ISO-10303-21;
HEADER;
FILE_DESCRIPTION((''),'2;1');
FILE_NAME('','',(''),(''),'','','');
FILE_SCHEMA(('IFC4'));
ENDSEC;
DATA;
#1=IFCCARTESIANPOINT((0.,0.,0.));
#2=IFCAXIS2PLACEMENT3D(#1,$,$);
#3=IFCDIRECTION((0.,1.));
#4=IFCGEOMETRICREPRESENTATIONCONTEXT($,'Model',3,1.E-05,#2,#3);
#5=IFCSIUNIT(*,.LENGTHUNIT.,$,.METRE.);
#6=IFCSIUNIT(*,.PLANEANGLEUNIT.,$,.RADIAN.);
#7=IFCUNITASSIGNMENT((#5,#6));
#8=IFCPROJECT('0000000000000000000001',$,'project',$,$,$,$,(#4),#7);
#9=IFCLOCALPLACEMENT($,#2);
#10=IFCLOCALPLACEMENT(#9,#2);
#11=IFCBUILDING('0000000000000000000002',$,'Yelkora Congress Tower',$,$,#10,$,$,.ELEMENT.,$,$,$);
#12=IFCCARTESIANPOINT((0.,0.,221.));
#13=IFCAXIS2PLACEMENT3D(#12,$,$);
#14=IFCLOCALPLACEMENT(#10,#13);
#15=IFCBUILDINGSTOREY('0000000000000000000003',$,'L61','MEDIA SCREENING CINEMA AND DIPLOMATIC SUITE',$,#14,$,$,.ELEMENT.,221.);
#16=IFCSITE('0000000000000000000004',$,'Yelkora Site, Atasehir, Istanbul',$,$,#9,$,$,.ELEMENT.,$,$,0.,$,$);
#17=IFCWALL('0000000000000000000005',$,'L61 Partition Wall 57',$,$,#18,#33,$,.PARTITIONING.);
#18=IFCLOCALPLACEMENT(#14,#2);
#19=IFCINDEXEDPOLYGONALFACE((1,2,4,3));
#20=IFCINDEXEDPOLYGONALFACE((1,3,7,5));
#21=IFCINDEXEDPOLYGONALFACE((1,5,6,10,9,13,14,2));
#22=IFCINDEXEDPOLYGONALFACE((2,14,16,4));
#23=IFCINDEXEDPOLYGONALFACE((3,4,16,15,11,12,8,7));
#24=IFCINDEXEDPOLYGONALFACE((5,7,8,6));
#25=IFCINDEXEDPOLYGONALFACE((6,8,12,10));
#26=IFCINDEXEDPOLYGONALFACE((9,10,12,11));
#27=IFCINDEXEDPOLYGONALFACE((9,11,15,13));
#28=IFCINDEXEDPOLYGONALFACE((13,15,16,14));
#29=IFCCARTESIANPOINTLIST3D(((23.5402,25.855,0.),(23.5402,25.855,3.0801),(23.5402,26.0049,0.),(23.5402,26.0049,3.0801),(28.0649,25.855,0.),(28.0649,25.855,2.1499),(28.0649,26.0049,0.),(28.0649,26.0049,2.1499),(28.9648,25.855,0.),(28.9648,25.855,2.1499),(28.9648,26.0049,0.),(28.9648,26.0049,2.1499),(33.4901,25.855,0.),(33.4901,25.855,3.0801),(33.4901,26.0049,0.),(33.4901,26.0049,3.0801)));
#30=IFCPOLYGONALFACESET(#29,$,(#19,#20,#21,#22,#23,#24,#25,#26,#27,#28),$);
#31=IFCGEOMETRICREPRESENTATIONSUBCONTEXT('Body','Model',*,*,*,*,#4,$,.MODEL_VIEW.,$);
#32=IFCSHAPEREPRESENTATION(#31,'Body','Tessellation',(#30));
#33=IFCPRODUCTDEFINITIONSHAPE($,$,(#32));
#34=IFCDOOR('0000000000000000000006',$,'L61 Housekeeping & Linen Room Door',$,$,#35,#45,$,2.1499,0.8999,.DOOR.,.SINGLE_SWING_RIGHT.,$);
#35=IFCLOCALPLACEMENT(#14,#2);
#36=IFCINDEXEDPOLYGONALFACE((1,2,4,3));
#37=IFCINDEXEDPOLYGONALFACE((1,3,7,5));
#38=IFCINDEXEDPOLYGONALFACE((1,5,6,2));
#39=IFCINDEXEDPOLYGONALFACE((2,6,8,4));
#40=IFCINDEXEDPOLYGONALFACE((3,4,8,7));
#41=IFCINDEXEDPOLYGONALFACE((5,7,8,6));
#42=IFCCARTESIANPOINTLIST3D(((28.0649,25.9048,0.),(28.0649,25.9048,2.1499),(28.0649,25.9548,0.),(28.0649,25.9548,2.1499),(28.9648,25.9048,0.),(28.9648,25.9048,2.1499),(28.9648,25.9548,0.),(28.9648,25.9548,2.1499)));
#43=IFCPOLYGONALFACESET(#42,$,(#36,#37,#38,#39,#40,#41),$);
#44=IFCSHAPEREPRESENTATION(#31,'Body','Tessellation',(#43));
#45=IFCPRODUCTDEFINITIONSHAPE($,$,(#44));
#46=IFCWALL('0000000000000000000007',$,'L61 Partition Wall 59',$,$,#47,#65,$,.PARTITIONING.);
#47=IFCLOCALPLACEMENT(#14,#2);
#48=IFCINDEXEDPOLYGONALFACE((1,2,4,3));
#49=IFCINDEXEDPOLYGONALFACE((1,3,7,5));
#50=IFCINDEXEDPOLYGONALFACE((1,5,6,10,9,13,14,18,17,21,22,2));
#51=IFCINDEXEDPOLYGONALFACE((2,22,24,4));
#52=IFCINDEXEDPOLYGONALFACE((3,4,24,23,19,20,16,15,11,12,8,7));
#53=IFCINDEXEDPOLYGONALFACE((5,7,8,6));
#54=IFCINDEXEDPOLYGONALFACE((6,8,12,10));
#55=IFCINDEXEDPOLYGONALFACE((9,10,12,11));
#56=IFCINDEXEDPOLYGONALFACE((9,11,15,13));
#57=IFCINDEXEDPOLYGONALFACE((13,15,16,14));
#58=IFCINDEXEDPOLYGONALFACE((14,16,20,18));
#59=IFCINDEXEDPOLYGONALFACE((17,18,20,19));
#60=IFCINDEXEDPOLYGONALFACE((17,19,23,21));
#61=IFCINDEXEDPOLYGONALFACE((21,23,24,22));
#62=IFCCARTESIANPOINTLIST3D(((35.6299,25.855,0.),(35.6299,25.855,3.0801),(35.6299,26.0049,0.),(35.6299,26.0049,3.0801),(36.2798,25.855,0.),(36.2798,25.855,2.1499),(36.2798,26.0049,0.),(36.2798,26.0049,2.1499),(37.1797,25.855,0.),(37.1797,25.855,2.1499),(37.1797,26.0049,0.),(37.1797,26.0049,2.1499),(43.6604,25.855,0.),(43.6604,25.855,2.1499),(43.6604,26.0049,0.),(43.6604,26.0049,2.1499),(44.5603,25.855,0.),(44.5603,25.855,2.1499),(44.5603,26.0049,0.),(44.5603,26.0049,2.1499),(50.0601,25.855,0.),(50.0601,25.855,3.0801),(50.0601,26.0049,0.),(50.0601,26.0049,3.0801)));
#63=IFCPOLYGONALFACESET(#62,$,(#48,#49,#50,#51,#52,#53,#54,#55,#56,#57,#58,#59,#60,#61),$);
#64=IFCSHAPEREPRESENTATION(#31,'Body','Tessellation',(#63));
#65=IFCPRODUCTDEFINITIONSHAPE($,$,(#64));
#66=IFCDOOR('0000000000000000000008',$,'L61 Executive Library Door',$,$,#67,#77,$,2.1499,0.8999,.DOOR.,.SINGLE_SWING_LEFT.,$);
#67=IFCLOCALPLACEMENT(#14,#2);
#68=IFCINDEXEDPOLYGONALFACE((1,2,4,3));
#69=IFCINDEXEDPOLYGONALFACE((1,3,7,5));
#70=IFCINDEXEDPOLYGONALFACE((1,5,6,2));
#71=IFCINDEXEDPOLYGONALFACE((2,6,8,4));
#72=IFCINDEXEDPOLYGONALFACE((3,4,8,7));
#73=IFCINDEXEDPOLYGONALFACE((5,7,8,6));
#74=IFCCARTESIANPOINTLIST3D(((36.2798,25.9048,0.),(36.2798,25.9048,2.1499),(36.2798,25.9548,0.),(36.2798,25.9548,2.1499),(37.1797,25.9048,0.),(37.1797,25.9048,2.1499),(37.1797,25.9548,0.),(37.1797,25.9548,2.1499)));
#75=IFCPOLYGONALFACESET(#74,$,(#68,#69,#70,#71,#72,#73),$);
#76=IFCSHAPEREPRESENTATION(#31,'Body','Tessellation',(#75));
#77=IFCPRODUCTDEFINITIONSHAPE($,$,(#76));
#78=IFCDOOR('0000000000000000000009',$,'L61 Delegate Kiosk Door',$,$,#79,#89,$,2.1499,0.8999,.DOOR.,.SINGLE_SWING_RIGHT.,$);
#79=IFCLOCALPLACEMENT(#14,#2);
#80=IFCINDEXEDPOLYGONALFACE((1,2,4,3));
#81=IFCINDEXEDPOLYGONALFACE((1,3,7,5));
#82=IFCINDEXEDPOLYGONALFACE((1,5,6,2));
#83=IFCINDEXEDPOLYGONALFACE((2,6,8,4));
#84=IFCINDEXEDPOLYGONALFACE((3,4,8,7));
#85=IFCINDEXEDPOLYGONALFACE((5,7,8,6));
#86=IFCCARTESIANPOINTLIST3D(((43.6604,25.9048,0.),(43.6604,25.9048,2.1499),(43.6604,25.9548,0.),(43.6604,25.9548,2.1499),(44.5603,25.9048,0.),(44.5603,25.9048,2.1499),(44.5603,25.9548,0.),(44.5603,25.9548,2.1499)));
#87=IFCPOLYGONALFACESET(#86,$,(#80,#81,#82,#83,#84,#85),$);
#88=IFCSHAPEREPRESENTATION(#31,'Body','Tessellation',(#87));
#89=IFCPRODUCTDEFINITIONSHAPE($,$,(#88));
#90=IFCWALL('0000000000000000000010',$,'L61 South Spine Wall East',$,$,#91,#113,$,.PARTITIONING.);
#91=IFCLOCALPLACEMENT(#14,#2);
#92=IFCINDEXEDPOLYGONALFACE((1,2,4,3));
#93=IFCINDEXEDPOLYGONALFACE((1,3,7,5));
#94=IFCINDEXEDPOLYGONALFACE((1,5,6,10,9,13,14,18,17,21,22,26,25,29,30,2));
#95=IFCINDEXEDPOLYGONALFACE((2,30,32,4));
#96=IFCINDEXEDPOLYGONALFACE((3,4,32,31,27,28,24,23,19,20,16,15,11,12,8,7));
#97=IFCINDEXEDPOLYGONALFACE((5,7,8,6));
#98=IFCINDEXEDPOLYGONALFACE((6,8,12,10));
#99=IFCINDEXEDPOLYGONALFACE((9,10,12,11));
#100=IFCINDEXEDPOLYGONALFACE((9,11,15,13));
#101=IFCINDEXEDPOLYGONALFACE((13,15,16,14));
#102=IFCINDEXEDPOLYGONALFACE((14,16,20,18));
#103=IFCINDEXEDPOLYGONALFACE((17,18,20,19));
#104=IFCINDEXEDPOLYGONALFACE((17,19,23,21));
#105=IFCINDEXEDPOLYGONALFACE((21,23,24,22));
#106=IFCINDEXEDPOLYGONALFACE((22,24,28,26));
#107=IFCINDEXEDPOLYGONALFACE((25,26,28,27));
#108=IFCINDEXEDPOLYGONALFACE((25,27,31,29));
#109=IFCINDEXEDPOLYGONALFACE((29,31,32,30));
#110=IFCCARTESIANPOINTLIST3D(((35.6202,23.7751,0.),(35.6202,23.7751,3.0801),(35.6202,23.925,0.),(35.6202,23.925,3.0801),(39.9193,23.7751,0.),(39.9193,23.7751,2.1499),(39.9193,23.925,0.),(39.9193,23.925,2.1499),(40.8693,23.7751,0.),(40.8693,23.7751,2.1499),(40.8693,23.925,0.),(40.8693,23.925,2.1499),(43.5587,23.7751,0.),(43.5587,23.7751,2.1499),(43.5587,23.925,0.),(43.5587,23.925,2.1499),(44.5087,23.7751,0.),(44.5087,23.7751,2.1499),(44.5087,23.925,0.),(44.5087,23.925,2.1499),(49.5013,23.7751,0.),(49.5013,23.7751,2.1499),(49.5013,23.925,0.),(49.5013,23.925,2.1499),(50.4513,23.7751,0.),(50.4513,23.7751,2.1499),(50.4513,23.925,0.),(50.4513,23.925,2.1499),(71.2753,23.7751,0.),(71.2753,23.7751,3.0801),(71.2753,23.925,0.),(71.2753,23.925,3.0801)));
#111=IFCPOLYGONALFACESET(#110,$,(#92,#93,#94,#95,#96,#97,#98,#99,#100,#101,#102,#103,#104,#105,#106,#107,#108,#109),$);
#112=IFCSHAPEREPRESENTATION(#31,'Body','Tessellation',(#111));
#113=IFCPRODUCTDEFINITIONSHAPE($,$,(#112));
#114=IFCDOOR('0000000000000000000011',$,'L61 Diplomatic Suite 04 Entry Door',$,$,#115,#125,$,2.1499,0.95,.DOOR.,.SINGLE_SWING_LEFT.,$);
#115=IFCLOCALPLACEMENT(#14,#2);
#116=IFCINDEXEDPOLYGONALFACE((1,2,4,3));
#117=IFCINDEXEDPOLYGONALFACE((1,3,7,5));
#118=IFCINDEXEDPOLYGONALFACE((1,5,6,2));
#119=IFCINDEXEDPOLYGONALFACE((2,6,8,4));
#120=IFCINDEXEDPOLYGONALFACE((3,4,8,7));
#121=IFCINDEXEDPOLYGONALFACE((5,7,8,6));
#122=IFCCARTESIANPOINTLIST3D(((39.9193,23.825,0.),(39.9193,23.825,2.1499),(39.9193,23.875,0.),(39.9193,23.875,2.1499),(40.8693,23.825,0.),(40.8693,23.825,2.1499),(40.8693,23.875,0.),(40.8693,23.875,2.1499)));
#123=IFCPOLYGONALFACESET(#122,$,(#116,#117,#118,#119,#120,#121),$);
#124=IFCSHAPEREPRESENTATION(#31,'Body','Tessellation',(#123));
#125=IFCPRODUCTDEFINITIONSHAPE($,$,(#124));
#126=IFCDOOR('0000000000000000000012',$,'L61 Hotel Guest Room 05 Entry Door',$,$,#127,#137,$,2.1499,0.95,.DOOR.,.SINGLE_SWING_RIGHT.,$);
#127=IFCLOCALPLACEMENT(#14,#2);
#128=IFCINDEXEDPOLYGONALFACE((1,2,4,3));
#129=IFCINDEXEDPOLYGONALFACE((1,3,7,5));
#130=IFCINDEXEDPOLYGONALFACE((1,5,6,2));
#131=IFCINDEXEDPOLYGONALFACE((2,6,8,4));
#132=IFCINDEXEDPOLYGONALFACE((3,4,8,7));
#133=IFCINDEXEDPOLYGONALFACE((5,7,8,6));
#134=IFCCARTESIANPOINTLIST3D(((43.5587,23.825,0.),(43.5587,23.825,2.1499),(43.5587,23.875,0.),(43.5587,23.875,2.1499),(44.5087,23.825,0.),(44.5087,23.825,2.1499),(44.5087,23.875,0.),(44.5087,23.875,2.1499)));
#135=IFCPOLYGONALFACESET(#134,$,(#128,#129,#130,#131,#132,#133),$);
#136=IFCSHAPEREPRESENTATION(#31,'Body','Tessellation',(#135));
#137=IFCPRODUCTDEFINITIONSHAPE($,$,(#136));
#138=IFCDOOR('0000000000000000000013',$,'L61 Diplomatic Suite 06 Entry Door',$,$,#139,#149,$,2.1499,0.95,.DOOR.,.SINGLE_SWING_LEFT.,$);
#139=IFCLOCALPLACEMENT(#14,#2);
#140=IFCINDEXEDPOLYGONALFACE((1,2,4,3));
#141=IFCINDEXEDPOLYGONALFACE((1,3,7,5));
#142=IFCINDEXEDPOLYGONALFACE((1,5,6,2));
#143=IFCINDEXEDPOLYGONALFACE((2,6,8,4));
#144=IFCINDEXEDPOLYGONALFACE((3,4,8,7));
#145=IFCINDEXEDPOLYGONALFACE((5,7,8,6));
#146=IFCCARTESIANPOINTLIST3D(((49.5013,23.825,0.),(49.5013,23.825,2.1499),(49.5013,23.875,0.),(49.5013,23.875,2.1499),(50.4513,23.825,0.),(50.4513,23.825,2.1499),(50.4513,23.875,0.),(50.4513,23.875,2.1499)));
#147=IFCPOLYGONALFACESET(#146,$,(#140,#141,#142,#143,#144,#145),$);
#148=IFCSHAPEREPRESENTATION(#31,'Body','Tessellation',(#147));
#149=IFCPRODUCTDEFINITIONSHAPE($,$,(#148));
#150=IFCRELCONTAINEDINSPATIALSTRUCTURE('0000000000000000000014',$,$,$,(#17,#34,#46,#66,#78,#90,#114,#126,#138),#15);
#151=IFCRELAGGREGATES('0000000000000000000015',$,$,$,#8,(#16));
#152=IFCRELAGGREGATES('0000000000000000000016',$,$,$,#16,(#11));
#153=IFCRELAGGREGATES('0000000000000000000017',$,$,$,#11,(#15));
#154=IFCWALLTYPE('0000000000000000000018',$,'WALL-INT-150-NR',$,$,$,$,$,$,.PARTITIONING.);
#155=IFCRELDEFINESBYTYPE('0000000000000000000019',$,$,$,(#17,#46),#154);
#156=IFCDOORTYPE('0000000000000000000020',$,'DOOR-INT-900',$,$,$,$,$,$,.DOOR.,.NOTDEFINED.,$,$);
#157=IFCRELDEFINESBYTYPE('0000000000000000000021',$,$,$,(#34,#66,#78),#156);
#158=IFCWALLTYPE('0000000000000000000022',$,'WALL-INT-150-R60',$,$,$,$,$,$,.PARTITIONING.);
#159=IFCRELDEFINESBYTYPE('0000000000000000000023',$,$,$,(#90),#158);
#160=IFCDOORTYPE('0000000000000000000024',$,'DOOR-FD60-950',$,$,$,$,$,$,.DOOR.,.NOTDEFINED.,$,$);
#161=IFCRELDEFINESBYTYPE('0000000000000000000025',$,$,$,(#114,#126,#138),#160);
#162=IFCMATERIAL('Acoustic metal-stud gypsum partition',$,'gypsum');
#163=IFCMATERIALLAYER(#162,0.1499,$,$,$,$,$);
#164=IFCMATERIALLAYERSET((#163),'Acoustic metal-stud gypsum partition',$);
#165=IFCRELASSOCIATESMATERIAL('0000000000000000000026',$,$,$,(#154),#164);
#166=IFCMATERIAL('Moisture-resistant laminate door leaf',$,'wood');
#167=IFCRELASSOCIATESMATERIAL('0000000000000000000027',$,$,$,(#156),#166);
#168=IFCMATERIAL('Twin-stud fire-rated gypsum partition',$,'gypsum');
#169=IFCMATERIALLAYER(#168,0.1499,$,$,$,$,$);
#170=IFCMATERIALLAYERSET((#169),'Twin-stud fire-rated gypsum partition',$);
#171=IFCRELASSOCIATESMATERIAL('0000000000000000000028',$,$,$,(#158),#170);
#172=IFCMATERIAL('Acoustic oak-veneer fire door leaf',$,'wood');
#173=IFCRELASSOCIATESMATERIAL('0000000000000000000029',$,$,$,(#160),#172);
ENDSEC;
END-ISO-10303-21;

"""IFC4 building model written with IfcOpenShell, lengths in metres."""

from ifc_helpers import new_model, si_unit, direction, frame, frame_2d, origin, place, context, subcontext, project, spatial, rectangle, extrude, material, layer, layer_set, type_object, element, fill, save


model = new_model("IFC4")

# Units and contexts
model_context = context("Model", 3, precision=1e-05, world=origin(), true_north=direction((0.0, 1.0)))
body_context = subcontext(model_context, "Body", "Model", "MODEL_VIEW")
ifc_project = project(units=[si_unit("LENGTHUNIT", "METRE"), si_unit("PLANEANGLEUNIT", "RADIAN")], contexts=[model_context])

# Site, building, storey
site_placement = place(None, origin())
site = spatial("IfcSite", under=ifc_project, at=site_placement, Name="Yelkora Site, Atasehir, Istanbul", CompositionType="ELEMENT", RefElevation=0.0)
building_placement = place(site_placement, origin())
building = spatial("IfcBuilding", under=site, at=building_placement, Name="Yelkora Congress Tower", CompositionType="ELEMENT")
storey_placement = place(building_placement, frame((0.0, 0.0, 221.0)))
storey = spatial("IfcBuildingStorey", under=building, at=storey_placement, Name="L61", Description="MEDIA SCREENING CINEMA AND DIPLOMATIC SUITE", CompositionType="ELEMENT", Elevation=221.0)

# Shared definitions
ifc_material_1 = material(Name="Acoustic metal-stud gypsum partition", Category="gypsum")
ifc_layer_1 = layer(ifc_material_1, 0.1499)
ifc_layer_set_1 = layer_set([ifc_layer_1], Name="Acoustic metal-stud gypsum partition")
wall_type_1 = type_object("IfcWallType", Name="WALL-INT-150-NR", PredefinedType="PARTITIONING", material=ifc_layer_set_1)

# Wall, opening, door
wall_1_placement = place(storey_placement, frame((23.54, 25.9299, 0.0), z_axis=(0.0, 0.0, 1.0), x_axis=(1.0, 0.0, 0.0)))
wall_1 = element("IfcWall", 1, at=wall_1_placement, inside=storey, type_object=wall_type_1, Name="L61 Partition Wall 57", PredefinedType="PARTITIONING", context=body_context, shape_type="SweptSolid", body=[
    extrude(rectangle(XDim=9.95, YDim=0.1499, at=frame_2d((4.9751, 0.0))), origin(), (0.0, 0.0, 1.0), 3.0801),
])
opening_1_placement = place(wall_1_placement, frame((4.5249, 0.0, 0.0)))
opening_1 = element("IfcOpeningElement", 2, at=opening_1_placement, cuts=wall_1, PredefinedType="OPENING", context=body_context, shape_type="SweptSolid", body=[
    extrude(rectangle(XDim=0.8999, YDim=2.1499, at=frame_2d((0.45, 1.075))), frame((0.0, 0.085, 0.0), z_axis=(0.0, -1.0, 0.0), x_axis=(1.0, 0.0, 0.0)), (0.0, 0.0, 1.0), 0.1699),
])
ifc_material_2 = material(Name="Moisture-resistant laminate door leaf", Category="wood")
door_type_1 = type_object("IfcDoorType", Name="DOOR-INT-900", OperationType="NOTDEFINED", PredefinedType="DOOR", material=ifc_material_2)
door_1_placement = place(opening_1_placement, origin())
door_1 = element("IfcDoor", 3, at=door_1_placement, inside=storey, type_object=door_type_1, Name="L61 Housekeeping & Linen Room Door", OperationType="SINGLE_SWING_RIGHT", OverallHeight=2.1499, OverallWidth=0.8999, PredefinedType="DOOR", context=body_context, shape_type="SweptSolid", body=[
    extrude(rectangle(XDim=0.8999, YDim=2.1499, at=frame_2d((0.45, 1.075))), frame((0.0, 0.0249, 0.0), z_axis=(0.0, -1.0, 0.0), x_axis=(1.0, 0.0, 0.0)), (0.0, 0.0, 1.0), 0.05),
])
fill(opening_1, door_1)

# Walls, openings, doors
wall_2_placement = place(storey_placement, frame((35.6299, 25.9299, 0.0), z_axis=(0.0, 0.0, 1.0), x_axis=(1.0, 0.0, 0.0)))
wall_2 = element("IfcWall", 4, at=wall_2_placement, inside=storey, type_object=wall_type_1, Name="L61 Partition Wall 59", PredefinedType="PARTITIONING", context=body_context, shape_type="SweptSolid", body=[
    extrude(rectangle(XDim=14.4302, YDim=0.1499, at=frame_2d((7.2151, 0.0))), origin(), (0.0, 0.0, 1.0), 3.0801),
])
opening_2_placement = place(wall_2_placement, frame((0.6499, 0.0, 0.0)))
opening_2 = element("IfcOpeningElement", 5, at=opening_2_placement, cuts=wall_2, PredefinedType="OPENING", context=body_context, shape_type="SweptSolid", body=[
    extrude(rectangle(XDim=0.8999, YDim=2.1499, at=frame_2d((0.45, 1.075))), frame((0.0, 0.085, 0.0), z_axis=(0.0, -1.0, 0.0), x_axis=(1.0, 0.0, 0.0)), (0.0, 0.0, 1.0), 0.1699),
])
opening_3_placement = place(wall_2_placement, frame((8.0305, 0.0, 0.0)))
opening_3 = element("IfcOpeningElement", 6, at=opening_3_placement, cuts=wall_2, PredefinedType="OPENING", context=body_context, shape_type="SweptSolid", body=[
    extrude(rectangle(XDim=0.8999, YDim=2.1499, at=frame_2d((0.45, 1.075))), frame((0.0, 0.085, 0.0), z_axis=(0.0, -1.0, 0.0), x_axis=(1.0, 0.0, 0.0)), (0.0, 0.0, 1.0), 0.1699),
])
door_2_placement = place(opening_2_placement, origin())
door_2 = element("IfcDoor", 7, at=door_2_placement, inside=storey, type_object=door_type_1, Name="L61 Executive Library Door", OperationType="SINGLE_SWING_LEFT", OverallHeight=2.1499, OverallWidth=0.8999, PredefinedType="DOOR", context=body_context, shape_type="SweptSolid", body=[
    extrude(rectangle(XDim=0.8999, YDim=2.1499, at=frame_2d((0.45, 1.075))), frame((0.0, 0.0249, 0.0), z_axis=(0.0, -1.0, 0.0), x_axis=(1.0, 0.0, 0.0)), (0.0, 0.0, 1.0), 0.05),
])
fill(opening_2, door_2)
door_3_placement = place(opening_3_placement, origin())
door_3 = element("IfcDoor", 8, at=door_3_placement, inside=storey, type_object=door_type_1, Name="L61 Delegate Kiosk Door", OperationType="SINGLE_SWING_RIGHT", OverallHeight=2.1499, OverallWidth=0.8999, PredefinedType="DOOR", context=body_context, shape_type="SweptSolid", body=[
    extrude(rectangle(XDim=0.8999, YDim=2.1499, at=frame_2d((0.45, 1.075))), frame((0.0, 0.0249, 0.0), z_axis=(0.0, -1.0, 0.0), x_axis=(1.0, 0.0, 0.0)), (0.0, 0.0, 1.0), 0.05),
])
fill(opening_3, door_3)
ifc_material_3 = material(Name="Twin-stud fire-rated gypsum partition", Category="gypsum")
ifc_layer_2 = layer(ifc_material_3, 0.1499)
ifc_layer_set_2 = layer_set([ifc_layer_2], Name="Twin-stud fire-rated gypsum partition")
wall_type_2 = type_object("IfcWallType", Name="WALL-INT-150-R60", PredefinedType="PARTITIONING", material=ifc_layer_set_2)
wall_3_placement = place(storey_placement, frame((35.6201, 23.8501, 0.0), z_axis=(0.0, 0.0, 1.0), x_axis=(1.0, 0.0, 0.0)))
wall_3 = element("IfcWall", 9, at=wall_3_placement, inside=storey, type_object=wall_type_2, Name="L61 South Spine Wall East", PredefinedType="PARTITIONING", context=body_context, shape_type="SweptSolid", body=[
    extrude(rectangle(XDim=35.655, YDim=0.1499, at=frame_2d((17.8276, 0.0))), origin(), (0.0, 0.0, 1.0), 3.0801),
])
opening_4_placement = place(wall_3_placement, frame((4.2991, 0.0, 0.0)))
opening_4 = element("IfcOpeningElement", 10, at=opening_4_placement, cuts=wall_3, PredefinedType="OPENING", context=body_context, shape_type="SweptSolid", body=[
    extrude(rectangle(XDim=0.95, YDim=2.1499, at=frame_2d((0.4751, 1.075))), frame((0.0, 0.085, 0.0), z_axis=(0.0, -1.0, 0.0), x_axis=(1.0, 0.0, 0.0)), (0.0, 0.0, 1.0), 0.1699),
])
opening_5_placement = place(wall_3_placement, frame((7.9385, 0.0, 0.0)))
opening_5 = element("IfcOpeningElement", 11, at=opening_5_placement, cuts=wall_3, PredefinedType="OPENING", context=body_context, shape_type="SweptSolid", body=[
    extrude(rectangle(XDim=0.95, YDim=2.1499, at=frame_2d((0.4751, 1.075))), frame((0.0, 0.085, 0.0), z_axis=(0.0, -1.0, 0.0), x_axis=(1.0, 0.0, 0.0)), (0.0, 0.0, 1.0), 0.1699),
])
opening_6_placement = place(wall_3_placement, frame((13.8811, 0.0, 0.0)))
opening_6 = element("IfcOpeningElement", 12, at=opening_6_placement, cuts=wall_3, PredefinedType="OPENING", context=body_context, shape_type="SweptSolid", body=[
    extrude(rectangle(XDim=0.95, YDim=2.1499, at=frame_2d((0.4751, 1.075))), frame((0.0, 0.085, 0.0), z_axis=(0.0, -1.0, 0.0), x_axis=(1.0, 0.0, 0.0)), (0.0, 0.0, 1.0), 0.1699),
])
ifc_material_4 = material(Name="Acoustic oak-veneer fire door leaf", Category="wood")
door_type_2 = type_object("IfcDoorType", Name="DOOR-FD60-950", OperationType="NOTDEFINED", PredefinedType="DOOR", material=ifc_material_4)
door_4_placement = place(opening_4_placement, origin())
door_4 = element("IfcDoor", 13, at=door_4_placement, inside=storey, type_object=door_type_2, Name="L61 Diplomatic Suite 04 Entry Door", OperationType="SINGLE_SWING_LEFT", OverallHeight=2.1499, OverallWidth=0.95, PredefinedType="DOOR", context=body_context, shape_type="SweptSolid", body=[
    extrude(rectangle(XDim=0.95, YDim=2.1499, at=frame_2d((0.4751, 1.075))), frame((0.0, 0.0249, 0.0), z_axis=(0.0, -1.0, 0.0), x_axis=(1.0, 0.0, 0.0)), (0.0, 0.0, 1.0), 0.05),
])
fill(opening_4, door_4)
door_5_placement = place(opening_5_placement, origin())
door_5 = element("IfcDoor", 14, at=door_5_placement, inside=storey, type_object=door_type_2, Name="L61 Hotel Guest Room 05 Entry Door", OperationType="SINGLE_SWING_RIGHT", OverallHeight=2.1499, OverallWidth=0.95, PredefinedType="DOOR", context=body_context, shape_type="SweptSolid", body=[
    extrude(rectangle(XDim=0.95, YDim=2.1499, at=frame_2d((0.4751, 1.075))), frame((0.0, 0.0249, 0.0), z_axis=(0.0, -1.0, 0.0), x_axis=(1.0, 0.0, 0.0)), (0.0, 0.0, 1.0), 0.05),
])
fill(opening_5, door_5)
door_6_placement = place(opening_6_placement, origin())
door_6 = element("IfcDoor", 15, at=door_6_placement, inside=storey, type_object=door_type_2, Name="L61 Diplomatic Suite 06 Entry Door", OperationType="SINGLE_SWING_LEFT", OverallHeight=2.1499, OverallWidth=0.95, PredefinedType="DOOR", context=body_context, shape_type="SweptSolid", body=[
    extrude(rectangle(XDim=0.95, YDim=2.1499, at=frame_2d((0.4751, 1.075))), frame((0.0, 0.0249, 0.0), z_axis=(0.0, -1.0, 0.0), x_axis=(1.0, 0.0, 0.0)), (0.0, 0.0, 1.0), 0.05),
])
fill(opening_6, door_6)

save(model, "model.ifc")
